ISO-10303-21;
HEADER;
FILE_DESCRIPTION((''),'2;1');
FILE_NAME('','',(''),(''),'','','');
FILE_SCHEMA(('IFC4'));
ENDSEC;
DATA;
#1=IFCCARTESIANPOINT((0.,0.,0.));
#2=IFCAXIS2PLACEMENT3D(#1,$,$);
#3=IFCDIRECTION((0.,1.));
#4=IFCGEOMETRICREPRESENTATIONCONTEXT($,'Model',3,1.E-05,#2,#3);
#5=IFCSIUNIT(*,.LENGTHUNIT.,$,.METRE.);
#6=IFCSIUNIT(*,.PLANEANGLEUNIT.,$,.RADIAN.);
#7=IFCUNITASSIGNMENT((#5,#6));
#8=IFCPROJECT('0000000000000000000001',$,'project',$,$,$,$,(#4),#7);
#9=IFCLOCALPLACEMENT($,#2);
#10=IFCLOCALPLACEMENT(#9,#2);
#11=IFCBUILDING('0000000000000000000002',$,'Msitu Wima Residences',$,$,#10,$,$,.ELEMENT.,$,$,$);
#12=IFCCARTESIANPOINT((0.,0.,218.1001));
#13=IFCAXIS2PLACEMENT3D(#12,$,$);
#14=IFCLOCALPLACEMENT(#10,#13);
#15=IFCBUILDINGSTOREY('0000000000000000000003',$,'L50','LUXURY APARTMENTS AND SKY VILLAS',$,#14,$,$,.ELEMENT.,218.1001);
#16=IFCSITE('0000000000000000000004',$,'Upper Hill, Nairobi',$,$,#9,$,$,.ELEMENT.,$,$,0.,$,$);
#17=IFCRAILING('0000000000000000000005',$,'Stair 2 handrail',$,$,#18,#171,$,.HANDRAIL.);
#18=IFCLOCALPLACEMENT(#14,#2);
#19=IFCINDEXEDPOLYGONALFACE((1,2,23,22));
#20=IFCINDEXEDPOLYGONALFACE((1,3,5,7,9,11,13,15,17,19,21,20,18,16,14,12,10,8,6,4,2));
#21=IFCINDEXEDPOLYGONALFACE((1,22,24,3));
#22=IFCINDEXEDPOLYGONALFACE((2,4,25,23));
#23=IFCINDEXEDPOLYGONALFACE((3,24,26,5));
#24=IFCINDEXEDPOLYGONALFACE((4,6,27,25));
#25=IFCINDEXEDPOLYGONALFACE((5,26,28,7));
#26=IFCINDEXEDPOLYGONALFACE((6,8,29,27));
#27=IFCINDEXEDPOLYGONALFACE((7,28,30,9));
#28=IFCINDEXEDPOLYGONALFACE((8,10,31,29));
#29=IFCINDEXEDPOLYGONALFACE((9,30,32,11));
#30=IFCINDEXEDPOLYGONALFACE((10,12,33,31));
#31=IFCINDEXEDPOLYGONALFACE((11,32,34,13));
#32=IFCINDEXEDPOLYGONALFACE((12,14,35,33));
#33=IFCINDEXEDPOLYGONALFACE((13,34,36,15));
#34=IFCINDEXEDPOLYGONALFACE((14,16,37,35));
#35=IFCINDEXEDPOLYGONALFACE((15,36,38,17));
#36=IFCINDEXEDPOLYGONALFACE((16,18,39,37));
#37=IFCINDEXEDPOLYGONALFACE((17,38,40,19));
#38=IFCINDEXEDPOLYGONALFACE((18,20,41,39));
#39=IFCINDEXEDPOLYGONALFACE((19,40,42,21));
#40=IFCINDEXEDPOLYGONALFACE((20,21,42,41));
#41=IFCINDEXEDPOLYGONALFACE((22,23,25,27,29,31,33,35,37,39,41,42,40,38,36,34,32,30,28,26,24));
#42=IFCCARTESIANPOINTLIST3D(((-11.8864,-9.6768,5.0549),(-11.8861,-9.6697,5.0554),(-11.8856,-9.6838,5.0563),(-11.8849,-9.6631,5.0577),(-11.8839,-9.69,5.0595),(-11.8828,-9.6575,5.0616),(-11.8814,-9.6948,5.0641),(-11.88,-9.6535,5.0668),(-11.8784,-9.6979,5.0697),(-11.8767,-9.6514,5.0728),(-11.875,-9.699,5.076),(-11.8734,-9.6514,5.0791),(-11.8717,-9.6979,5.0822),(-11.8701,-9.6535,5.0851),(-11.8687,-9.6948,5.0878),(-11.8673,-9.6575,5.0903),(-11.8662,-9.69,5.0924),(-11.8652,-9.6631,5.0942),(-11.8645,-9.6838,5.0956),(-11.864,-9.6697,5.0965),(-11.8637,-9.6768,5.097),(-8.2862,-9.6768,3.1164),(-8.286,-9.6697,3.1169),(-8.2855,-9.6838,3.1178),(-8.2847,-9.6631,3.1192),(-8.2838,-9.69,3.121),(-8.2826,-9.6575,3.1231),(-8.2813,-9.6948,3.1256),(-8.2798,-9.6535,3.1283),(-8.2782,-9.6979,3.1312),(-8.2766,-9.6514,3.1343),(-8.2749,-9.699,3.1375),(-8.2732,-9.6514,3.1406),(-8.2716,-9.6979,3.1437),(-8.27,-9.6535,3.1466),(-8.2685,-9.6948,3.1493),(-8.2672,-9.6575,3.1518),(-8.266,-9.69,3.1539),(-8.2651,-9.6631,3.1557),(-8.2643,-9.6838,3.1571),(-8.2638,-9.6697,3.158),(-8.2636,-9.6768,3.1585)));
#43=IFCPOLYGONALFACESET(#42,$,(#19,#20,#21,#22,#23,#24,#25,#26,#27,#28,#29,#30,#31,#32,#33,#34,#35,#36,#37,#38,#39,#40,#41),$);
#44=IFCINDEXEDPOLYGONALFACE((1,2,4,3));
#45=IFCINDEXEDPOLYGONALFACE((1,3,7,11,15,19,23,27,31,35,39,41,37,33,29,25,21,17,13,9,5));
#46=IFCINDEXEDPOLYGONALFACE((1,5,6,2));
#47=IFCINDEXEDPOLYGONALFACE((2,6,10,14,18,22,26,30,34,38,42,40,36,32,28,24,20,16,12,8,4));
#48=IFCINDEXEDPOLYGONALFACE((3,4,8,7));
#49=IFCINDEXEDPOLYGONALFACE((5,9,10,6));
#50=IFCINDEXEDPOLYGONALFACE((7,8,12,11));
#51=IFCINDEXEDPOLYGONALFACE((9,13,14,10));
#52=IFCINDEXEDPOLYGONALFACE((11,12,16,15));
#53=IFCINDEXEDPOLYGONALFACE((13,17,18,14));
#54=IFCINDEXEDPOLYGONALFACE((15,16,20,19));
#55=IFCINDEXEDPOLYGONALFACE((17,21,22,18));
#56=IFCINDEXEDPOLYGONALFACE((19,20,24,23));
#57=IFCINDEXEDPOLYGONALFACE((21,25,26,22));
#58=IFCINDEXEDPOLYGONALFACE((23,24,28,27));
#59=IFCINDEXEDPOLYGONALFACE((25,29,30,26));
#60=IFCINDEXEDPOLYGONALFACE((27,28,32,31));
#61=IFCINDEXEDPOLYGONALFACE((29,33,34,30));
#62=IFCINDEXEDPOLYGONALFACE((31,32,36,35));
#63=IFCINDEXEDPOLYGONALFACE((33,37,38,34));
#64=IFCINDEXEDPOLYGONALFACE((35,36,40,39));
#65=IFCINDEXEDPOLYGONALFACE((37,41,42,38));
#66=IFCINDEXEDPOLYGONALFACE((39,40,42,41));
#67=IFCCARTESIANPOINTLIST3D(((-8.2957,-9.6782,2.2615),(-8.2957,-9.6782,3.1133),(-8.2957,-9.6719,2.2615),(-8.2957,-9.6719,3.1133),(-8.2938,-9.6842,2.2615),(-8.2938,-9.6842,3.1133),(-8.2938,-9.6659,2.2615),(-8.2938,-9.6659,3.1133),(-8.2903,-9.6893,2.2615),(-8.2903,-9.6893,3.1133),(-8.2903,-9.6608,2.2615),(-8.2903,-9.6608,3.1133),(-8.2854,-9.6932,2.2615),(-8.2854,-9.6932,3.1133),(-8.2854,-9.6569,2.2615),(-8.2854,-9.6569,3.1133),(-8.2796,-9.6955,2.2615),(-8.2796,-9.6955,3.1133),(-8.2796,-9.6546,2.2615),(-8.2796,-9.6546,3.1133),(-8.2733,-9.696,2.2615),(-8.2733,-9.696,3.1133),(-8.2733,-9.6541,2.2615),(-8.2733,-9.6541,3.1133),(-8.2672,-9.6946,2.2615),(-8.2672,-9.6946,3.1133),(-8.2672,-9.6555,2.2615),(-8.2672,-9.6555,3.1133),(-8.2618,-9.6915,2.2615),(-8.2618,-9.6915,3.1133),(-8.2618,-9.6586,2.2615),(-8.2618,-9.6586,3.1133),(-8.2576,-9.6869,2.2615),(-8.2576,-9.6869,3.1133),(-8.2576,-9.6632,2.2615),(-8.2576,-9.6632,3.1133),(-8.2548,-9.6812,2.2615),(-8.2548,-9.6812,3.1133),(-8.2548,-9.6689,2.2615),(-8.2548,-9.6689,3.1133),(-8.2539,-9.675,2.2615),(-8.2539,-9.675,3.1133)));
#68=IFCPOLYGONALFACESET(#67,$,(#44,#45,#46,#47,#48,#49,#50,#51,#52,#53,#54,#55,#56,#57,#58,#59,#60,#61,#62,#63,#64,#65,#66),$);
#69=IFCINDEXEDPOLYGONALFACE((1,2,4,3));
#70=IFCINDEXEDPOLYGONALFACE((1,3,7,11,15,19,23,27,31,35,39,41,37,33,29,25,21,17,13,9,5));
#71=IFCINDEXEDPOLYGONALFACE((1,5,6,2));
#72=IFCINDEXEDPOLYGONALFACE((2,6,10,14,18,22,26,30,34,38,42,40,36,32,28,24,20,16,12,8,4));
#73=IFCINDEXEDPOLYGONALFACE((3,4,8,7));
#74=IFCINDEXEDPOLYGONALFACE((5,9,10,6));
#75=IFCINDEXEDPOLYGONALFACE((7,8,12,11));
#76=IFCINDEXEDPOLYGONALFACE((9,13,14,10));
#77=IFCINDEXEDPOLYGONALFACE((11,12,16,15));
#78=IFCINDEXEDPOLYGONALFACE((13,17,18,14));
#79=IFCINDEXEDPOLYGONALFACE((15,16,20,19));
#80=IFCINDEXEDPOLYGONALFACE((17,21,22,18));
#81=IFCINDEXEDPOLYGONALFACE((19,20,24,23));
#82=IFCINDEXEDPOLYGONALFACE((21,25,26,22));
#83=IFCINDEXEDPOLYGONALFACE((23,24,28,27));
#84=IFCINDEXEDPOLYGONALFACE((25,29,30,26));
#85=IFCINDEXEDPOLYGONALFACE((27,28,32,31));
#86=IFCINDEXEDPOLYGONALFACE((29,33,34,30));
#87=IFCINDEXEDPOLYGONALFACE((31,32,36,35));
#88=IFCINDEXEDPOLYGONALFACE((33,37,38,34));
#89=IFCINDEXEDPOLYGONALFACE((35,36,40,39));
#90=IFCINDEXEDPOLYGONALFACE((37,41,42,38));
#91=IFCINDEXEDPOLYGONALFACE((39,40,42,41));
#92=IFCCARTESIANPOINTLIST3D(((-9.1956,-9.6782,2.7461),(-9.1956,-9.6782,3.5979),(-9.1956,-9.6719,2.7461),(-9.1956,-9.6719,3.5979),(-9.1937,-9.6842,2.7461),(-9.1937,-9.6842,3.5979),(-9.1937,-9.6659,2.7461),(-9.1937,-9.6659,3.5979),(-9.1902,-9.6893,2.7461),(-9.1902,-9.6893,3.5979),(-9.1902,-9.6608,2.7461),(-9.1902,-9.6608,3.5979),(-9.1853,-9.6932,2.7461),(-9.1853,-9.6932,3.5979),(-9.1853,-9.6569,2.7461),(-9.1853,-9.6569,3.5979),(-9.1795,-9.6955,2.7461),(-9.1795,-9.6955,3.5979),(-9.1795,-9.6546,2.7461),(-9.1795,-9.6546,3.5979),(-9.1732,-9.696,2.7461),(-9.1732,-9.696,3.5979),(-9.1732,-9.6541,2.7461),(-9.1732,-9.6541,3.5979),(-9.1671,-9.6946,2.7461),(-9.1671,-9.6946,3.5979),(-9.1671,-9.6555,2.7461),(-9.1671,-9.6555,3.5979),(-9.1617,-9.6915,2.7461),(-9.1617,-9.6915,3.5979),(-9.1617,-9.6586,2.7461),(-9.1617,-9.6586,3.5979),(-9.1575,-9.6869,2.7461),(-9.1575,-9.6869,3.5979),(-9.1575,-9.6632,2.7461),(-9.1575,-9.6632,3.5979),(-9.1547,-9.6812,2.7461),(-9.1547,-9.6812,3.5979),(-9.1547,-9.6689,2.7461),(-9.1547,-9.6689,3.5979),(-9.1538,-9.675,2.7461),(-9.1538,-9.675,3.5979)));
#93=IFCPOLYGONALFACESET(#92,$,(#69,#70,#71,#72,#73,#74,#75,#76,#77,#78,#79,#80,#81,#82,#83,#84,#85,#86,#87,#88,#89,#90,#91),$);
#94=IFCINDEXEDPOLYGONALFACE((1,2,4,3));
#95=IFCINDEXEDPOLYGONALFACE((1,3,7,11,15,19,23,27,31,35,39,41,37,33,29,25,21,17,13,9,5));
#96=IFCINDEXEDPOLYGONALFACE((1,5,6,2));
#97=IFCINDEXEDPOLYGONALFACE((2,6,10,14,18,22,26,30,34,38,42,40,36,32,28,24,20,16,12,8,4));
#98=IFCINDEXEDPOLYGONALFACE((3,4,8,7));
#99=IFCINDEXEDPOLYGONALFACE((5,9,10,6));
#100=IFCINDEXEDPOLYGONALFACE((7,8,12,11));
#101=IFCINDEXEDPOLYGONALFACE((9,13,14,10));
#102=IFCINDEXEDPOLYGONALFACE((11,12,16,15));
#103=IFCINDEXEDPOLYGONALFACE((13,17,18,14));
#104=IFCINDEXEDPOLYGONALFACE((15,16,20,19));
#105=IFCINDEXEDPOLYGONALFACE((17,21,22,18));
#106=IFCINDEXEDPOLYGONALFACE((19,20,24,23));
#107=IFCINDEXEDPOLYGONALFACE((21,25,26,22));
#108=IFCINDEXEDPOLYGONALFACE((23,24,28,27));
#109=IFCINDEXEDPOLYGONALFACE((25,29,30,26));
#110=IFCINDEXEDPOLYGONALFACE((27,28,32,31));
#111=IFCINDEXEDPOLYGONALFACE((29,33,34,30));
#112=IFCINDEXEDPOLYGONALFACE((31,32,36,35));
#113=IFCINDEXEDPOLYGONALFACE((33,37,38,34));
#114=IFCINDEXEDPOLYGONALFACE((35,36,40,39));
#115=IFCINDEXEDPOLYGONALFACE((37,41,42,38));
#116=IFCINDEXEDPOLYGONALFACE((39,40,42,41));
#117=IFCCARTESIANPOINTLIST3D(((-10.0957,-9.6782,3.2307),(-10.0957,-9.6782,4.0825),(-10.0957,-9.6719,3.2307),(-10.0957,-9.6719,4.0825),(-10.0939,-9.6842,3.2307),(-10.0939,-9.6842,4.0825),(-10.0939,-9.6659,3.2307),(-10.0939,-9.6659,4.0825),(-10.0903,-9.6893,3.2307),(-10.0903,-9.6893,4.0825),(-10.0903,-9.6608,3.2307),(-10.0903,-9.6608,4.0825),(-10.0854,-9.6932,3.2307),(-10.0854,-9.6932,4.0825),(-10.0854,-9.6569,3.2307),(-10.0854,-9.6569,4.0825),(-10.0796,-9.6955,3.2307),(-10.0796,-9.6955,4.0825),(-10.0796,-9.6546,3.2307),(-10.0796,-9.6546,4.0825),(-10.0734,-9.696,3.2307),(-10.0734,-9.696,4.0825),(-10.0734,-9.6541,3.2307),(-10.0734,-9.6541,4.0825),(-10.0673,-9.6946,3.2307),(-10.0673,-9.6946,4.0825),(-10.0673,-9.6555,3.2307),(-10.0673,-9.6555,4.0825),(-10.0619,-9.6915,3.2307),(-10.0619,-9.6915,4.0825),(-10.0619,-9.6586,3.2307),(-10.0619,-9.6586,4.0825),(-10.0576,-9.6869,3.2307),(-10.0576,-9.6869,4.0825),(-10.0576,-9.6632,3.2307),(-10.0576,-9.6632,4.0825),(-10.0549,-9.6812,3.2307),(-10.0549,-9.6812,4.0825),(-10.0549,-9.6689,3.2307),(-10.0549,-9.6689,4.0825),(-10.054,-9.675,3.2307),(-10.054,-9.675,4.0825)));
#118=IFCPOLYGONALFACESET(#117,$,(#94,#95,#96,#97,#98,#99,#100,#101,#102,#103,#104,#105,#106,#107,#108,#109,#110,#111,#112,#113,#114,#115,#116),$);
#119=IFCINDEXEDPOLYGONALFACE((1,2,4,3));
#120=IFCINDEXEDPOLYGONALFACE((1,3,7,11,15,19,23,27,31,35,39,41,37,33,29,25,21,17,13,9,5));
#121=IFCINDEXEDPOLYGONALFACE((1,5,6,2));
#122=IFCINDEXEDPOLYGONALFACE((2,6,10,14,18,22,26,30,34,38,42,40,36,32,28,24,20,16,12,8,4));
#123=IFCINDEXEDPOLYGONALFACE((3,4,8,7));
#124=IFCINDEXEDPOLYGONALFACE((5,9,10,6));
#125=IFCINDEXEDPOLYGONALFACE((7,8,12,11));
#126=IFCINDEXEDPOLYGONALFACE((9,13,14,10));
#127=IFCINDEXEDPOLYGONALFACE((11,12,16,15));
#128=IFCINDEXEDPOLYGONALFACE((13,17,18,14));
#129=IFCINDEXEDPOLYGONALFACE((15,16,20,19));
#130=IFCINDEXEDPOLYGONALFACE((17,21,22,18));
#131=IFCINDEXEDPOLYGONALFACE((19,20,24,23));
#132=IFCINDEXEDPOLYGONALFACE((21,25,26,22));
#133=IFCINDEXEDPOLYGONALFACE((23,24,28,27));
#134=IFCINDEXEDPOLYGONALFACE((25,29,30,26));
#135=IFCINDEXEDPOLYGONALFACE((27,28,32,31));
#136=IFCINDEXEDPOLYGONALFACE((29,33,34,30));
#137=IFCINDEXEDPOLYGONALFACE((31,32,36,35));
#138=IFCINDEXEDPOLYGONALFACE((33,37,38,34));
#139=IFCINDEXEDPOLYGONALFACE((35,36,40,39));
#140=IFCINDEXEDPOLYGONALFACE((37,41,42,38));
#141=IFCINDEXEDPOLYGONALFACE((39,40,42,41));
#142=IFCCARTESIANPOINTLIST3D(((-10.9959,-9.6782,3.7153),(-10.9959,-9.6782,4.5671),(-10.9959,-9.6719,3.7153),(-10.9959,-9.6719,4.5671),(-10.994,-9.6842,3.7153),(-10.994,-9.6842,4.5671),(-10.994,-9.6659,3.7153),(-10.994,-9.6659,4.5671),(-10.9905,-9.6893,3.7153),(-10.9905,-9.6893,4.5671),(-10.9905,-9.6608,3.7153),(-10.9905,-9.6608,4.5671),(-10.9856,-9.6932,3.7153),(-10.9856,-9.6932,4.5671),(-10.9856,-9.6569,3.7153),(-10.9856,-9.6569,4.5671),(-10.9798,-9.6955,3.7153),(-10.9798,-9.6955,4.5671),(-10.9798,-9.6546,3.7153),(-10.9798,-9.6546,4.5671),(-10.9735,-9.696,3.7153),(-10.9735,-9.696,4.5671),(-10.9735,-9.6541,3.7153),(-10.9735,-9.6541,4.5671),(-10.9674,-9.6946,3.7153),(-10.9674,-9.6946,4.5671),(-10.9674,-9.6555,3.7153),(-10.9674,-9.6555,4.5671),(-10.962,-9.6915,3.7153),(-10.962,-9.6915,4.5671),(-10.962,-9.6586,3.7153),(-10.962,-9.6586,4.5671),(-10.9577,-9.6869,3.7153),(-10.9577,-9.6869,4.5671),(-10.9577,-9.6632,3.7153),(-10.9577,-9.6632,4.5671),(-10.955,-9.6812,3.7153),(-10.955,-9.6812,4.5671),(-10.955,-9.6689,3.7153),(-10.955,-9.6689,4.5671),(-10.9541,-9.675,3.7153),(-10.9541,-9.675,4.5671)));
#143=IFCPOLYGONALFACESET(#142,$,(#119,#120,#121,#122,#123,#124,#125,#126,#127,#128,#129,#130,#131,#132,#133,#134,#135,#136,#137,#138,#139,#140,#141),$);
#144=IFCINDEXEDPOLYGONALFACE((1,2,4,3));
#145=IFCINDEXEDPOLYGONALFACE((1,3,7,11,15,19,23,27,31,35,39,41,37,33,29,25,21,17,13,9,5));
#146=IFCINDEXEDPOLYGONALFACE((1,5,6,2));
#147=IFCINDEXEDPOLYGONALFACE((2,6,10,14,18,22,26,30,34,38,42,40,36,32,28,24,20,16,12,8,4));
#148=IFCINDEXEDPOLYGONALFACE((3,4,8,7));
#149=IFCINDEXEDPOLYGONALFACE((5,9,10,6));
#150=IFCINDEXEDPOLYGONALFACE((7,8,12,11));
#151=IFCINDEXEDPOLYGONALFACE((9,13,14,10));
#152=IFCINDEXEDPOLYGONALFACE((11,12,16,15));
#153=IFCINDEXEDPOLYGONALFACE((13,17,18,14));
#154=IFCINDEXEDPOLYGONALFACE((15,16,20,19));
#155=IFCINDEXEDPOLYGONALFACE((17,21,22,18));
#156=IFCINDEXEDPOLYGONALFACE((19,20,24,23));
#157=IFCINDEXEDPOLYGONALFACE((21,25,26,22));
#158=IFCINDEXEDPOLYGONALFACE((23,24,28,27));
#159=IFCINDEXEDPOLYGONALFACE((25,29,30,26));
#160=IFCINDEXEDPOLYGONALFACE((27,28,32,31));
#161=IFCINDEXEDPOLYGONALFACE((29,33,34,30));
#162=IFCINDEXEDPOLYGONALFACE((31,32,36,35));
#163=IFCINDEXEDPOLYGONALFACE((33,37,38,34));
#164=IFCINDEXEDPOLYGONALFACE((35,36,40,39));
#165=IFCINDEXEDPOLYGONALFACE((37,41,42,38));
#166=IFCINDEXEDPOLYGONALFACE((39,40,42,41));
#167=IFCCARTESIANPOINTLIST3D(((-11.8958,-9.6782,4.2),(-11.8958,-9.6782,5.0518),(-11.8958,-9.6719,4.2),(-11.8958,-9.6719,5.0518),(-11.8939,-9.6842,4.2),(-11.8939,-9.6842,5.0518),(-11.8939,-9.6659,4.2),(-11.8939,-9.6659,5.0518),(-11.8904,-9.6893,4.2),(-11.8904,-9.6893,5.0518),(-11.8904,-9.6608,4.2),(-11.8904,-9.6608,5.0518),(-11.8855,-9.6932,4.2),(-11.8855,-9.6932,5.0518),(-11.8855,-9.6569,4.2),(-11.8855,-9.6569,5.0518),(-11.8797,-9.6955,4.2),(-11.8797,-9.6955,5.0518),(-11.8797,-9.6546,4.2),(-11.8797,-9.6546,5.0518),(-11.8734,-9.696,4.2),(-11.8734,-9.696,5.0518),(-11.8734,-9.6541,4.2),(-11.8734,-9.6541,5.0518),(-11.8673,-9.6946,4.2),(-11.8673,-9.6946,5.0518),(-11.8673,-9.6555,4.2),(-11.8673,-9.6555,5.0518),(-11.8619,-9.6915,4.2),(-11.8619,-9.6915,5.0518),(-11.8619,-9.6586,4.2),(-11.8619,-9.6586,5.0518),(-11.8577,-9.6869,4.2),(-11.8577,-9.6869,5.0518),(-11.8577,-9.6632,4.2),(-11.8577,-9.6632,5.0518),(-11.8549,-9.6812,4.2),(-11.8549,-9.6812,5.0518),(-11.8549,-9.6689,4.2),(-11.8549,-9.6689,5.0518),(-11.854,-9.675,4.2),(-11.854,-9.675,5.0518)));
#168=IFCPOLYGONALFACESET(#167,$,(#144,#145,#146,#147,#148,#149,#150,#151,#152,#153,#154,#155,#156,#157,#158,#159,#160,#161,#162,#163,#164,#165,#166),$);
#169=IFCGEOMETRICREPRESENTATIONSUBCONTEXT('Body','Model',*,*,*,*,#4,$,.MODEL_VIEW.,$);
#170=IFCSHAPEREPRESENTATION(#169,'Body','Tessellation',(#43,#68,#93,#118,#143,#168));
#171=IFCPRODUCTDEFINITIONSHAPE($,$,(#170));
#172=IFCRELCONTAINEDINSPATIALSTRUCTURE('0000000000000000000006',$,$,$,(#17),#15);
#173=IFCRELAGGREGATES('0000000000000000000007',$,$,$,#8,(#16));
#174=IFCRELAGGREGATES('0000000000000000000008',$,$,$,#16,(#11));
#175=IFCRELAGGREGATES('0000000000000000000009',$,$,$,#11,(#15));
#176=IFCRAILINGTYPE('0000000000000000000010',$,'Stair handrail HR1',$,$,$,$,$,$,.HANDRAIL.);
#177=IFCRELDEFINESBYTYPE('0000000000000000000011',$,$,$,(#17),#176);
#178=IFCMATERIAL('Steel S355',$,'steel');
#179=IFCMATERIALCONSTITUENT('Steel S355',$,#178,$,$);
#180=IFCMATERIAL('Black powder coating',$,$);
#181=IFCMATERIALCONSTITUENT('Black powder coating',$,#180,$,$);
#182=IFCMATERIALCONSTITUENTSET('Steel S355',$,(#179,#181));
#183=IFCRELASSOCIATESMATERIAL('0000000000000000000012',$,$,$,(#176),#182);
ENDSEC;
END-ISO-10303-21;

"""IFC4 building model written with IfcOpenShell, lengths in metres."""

from ifc_helpers import new_model, si_unit, direction, frame, origin, origin_2d, place, context, subcontext, project, spatial, circle, extrude, material, constituent, constituent_set, type_object, element, save


model = new_model("IFC4")

# Units and contexts
model_context = context("Model", 3, precision=1e-05, world=origin(), true_north=direction((0.0, 1.0)))
body_context = subcontext(model_context, "Body", "Model", "MODEL_VIEW")
ifc_project = project(units=[si_unit("LENGTHUNIT", "METRE"), si_unit("PLANEANGLEUNIT", "RADIAN")], contexts=[model_context])

# Site, building, storey
site_placement = place(None, origin())
site = spatial("IfcSite", under=ifc_project, at=site_placement, Name="Upper Hill, Nairobi", CompositionType="ELEMENT", RefElevation=0.0)
building_placement = place(site_placement, origin())
building = spatial("IfcBuilding", under=site, at=building_placement, Name="Msitu Wima Residences", CompositionType="ELEMENT")
storey_placement = place(building_placement, frame((0.0, 0.0, 218.1001)))
storey = spatial("IfcBuildingStorey", under=building, at=storey_placement, Name="L50", Description="LUXURY APARTMENTS AND SKY VILLAS", CompositionType="ELEMENT", Elevation=218.1001)

# Railing
ifc_material_1 = material(Name="Steel S355", Category="steel")
ifc_constituent_1 = constituent(ifc_material_1, Name="Steel S355")
ifc_material_2 = material(Name="Black powder coating")
ifc_constituent_2 = constituent(ifc_material_2, Name="Black powder coating")
ifc_constituent_set = constituent_set(constituents=[ifc_constituent_1, ifc_constituent_2], Name="Steel S355")
railing_type = type_object("IfcRailingType", Name="Stair handrail HR1", PredefinedType="HANDRAIL", material=ifc_constituent_set)
for number, where, name in (
    (1, (-8.2749, -9.675, 2.2615), "Stair 2 handrail"),
):
    element("IfcRailing", number, at=place(storey_placement, frame(where)), inside=storey, type_object=railing_type, Name=name, PredefinedType="HANDRAIL", context=body_context, shape_type="SweptSolid", body=[
        extrude(circle(Radius=0.0239, at=origin_2d()), frame((0.0, 0.0, 0.876), z_axis=(-0.880475, 0.0, 0.474093), x_axis=(0.0, -1.0, 0.0)), (0.0, 0.0, 1.0), 4.0889),
        extrude(circle(Radius=0.021, at=origin_2d()), origin(), (0.0, 0.0, 1.0), 0.8518),
        extrude(circle(Radius=0.021, at=origin_2d()), frame((-0.8999, 0.0, 0.4846)), (0.0, 0.0, 1.0), 0.8518),
        extrude(circle(Radius=0.021, at=origin_2d()), frame((-1.8, 0.0, 0.9692)), (0.0, 0.0, 1.0), 0.8518),
        extrude(circle(Radius=0.021, at=origin_2d()), frame((-2.7002, 0.0, 1.4539)), (0.0, 0.0, 1.0), 0.8518),
        extrude(circle(Radius=0.021, at=origin_2d()), frame((-3.6001, 0.0, 1.9385)), (0.0, 0.0, 1.0), 0.8518),
    ])

save(model, "model.ifc")
